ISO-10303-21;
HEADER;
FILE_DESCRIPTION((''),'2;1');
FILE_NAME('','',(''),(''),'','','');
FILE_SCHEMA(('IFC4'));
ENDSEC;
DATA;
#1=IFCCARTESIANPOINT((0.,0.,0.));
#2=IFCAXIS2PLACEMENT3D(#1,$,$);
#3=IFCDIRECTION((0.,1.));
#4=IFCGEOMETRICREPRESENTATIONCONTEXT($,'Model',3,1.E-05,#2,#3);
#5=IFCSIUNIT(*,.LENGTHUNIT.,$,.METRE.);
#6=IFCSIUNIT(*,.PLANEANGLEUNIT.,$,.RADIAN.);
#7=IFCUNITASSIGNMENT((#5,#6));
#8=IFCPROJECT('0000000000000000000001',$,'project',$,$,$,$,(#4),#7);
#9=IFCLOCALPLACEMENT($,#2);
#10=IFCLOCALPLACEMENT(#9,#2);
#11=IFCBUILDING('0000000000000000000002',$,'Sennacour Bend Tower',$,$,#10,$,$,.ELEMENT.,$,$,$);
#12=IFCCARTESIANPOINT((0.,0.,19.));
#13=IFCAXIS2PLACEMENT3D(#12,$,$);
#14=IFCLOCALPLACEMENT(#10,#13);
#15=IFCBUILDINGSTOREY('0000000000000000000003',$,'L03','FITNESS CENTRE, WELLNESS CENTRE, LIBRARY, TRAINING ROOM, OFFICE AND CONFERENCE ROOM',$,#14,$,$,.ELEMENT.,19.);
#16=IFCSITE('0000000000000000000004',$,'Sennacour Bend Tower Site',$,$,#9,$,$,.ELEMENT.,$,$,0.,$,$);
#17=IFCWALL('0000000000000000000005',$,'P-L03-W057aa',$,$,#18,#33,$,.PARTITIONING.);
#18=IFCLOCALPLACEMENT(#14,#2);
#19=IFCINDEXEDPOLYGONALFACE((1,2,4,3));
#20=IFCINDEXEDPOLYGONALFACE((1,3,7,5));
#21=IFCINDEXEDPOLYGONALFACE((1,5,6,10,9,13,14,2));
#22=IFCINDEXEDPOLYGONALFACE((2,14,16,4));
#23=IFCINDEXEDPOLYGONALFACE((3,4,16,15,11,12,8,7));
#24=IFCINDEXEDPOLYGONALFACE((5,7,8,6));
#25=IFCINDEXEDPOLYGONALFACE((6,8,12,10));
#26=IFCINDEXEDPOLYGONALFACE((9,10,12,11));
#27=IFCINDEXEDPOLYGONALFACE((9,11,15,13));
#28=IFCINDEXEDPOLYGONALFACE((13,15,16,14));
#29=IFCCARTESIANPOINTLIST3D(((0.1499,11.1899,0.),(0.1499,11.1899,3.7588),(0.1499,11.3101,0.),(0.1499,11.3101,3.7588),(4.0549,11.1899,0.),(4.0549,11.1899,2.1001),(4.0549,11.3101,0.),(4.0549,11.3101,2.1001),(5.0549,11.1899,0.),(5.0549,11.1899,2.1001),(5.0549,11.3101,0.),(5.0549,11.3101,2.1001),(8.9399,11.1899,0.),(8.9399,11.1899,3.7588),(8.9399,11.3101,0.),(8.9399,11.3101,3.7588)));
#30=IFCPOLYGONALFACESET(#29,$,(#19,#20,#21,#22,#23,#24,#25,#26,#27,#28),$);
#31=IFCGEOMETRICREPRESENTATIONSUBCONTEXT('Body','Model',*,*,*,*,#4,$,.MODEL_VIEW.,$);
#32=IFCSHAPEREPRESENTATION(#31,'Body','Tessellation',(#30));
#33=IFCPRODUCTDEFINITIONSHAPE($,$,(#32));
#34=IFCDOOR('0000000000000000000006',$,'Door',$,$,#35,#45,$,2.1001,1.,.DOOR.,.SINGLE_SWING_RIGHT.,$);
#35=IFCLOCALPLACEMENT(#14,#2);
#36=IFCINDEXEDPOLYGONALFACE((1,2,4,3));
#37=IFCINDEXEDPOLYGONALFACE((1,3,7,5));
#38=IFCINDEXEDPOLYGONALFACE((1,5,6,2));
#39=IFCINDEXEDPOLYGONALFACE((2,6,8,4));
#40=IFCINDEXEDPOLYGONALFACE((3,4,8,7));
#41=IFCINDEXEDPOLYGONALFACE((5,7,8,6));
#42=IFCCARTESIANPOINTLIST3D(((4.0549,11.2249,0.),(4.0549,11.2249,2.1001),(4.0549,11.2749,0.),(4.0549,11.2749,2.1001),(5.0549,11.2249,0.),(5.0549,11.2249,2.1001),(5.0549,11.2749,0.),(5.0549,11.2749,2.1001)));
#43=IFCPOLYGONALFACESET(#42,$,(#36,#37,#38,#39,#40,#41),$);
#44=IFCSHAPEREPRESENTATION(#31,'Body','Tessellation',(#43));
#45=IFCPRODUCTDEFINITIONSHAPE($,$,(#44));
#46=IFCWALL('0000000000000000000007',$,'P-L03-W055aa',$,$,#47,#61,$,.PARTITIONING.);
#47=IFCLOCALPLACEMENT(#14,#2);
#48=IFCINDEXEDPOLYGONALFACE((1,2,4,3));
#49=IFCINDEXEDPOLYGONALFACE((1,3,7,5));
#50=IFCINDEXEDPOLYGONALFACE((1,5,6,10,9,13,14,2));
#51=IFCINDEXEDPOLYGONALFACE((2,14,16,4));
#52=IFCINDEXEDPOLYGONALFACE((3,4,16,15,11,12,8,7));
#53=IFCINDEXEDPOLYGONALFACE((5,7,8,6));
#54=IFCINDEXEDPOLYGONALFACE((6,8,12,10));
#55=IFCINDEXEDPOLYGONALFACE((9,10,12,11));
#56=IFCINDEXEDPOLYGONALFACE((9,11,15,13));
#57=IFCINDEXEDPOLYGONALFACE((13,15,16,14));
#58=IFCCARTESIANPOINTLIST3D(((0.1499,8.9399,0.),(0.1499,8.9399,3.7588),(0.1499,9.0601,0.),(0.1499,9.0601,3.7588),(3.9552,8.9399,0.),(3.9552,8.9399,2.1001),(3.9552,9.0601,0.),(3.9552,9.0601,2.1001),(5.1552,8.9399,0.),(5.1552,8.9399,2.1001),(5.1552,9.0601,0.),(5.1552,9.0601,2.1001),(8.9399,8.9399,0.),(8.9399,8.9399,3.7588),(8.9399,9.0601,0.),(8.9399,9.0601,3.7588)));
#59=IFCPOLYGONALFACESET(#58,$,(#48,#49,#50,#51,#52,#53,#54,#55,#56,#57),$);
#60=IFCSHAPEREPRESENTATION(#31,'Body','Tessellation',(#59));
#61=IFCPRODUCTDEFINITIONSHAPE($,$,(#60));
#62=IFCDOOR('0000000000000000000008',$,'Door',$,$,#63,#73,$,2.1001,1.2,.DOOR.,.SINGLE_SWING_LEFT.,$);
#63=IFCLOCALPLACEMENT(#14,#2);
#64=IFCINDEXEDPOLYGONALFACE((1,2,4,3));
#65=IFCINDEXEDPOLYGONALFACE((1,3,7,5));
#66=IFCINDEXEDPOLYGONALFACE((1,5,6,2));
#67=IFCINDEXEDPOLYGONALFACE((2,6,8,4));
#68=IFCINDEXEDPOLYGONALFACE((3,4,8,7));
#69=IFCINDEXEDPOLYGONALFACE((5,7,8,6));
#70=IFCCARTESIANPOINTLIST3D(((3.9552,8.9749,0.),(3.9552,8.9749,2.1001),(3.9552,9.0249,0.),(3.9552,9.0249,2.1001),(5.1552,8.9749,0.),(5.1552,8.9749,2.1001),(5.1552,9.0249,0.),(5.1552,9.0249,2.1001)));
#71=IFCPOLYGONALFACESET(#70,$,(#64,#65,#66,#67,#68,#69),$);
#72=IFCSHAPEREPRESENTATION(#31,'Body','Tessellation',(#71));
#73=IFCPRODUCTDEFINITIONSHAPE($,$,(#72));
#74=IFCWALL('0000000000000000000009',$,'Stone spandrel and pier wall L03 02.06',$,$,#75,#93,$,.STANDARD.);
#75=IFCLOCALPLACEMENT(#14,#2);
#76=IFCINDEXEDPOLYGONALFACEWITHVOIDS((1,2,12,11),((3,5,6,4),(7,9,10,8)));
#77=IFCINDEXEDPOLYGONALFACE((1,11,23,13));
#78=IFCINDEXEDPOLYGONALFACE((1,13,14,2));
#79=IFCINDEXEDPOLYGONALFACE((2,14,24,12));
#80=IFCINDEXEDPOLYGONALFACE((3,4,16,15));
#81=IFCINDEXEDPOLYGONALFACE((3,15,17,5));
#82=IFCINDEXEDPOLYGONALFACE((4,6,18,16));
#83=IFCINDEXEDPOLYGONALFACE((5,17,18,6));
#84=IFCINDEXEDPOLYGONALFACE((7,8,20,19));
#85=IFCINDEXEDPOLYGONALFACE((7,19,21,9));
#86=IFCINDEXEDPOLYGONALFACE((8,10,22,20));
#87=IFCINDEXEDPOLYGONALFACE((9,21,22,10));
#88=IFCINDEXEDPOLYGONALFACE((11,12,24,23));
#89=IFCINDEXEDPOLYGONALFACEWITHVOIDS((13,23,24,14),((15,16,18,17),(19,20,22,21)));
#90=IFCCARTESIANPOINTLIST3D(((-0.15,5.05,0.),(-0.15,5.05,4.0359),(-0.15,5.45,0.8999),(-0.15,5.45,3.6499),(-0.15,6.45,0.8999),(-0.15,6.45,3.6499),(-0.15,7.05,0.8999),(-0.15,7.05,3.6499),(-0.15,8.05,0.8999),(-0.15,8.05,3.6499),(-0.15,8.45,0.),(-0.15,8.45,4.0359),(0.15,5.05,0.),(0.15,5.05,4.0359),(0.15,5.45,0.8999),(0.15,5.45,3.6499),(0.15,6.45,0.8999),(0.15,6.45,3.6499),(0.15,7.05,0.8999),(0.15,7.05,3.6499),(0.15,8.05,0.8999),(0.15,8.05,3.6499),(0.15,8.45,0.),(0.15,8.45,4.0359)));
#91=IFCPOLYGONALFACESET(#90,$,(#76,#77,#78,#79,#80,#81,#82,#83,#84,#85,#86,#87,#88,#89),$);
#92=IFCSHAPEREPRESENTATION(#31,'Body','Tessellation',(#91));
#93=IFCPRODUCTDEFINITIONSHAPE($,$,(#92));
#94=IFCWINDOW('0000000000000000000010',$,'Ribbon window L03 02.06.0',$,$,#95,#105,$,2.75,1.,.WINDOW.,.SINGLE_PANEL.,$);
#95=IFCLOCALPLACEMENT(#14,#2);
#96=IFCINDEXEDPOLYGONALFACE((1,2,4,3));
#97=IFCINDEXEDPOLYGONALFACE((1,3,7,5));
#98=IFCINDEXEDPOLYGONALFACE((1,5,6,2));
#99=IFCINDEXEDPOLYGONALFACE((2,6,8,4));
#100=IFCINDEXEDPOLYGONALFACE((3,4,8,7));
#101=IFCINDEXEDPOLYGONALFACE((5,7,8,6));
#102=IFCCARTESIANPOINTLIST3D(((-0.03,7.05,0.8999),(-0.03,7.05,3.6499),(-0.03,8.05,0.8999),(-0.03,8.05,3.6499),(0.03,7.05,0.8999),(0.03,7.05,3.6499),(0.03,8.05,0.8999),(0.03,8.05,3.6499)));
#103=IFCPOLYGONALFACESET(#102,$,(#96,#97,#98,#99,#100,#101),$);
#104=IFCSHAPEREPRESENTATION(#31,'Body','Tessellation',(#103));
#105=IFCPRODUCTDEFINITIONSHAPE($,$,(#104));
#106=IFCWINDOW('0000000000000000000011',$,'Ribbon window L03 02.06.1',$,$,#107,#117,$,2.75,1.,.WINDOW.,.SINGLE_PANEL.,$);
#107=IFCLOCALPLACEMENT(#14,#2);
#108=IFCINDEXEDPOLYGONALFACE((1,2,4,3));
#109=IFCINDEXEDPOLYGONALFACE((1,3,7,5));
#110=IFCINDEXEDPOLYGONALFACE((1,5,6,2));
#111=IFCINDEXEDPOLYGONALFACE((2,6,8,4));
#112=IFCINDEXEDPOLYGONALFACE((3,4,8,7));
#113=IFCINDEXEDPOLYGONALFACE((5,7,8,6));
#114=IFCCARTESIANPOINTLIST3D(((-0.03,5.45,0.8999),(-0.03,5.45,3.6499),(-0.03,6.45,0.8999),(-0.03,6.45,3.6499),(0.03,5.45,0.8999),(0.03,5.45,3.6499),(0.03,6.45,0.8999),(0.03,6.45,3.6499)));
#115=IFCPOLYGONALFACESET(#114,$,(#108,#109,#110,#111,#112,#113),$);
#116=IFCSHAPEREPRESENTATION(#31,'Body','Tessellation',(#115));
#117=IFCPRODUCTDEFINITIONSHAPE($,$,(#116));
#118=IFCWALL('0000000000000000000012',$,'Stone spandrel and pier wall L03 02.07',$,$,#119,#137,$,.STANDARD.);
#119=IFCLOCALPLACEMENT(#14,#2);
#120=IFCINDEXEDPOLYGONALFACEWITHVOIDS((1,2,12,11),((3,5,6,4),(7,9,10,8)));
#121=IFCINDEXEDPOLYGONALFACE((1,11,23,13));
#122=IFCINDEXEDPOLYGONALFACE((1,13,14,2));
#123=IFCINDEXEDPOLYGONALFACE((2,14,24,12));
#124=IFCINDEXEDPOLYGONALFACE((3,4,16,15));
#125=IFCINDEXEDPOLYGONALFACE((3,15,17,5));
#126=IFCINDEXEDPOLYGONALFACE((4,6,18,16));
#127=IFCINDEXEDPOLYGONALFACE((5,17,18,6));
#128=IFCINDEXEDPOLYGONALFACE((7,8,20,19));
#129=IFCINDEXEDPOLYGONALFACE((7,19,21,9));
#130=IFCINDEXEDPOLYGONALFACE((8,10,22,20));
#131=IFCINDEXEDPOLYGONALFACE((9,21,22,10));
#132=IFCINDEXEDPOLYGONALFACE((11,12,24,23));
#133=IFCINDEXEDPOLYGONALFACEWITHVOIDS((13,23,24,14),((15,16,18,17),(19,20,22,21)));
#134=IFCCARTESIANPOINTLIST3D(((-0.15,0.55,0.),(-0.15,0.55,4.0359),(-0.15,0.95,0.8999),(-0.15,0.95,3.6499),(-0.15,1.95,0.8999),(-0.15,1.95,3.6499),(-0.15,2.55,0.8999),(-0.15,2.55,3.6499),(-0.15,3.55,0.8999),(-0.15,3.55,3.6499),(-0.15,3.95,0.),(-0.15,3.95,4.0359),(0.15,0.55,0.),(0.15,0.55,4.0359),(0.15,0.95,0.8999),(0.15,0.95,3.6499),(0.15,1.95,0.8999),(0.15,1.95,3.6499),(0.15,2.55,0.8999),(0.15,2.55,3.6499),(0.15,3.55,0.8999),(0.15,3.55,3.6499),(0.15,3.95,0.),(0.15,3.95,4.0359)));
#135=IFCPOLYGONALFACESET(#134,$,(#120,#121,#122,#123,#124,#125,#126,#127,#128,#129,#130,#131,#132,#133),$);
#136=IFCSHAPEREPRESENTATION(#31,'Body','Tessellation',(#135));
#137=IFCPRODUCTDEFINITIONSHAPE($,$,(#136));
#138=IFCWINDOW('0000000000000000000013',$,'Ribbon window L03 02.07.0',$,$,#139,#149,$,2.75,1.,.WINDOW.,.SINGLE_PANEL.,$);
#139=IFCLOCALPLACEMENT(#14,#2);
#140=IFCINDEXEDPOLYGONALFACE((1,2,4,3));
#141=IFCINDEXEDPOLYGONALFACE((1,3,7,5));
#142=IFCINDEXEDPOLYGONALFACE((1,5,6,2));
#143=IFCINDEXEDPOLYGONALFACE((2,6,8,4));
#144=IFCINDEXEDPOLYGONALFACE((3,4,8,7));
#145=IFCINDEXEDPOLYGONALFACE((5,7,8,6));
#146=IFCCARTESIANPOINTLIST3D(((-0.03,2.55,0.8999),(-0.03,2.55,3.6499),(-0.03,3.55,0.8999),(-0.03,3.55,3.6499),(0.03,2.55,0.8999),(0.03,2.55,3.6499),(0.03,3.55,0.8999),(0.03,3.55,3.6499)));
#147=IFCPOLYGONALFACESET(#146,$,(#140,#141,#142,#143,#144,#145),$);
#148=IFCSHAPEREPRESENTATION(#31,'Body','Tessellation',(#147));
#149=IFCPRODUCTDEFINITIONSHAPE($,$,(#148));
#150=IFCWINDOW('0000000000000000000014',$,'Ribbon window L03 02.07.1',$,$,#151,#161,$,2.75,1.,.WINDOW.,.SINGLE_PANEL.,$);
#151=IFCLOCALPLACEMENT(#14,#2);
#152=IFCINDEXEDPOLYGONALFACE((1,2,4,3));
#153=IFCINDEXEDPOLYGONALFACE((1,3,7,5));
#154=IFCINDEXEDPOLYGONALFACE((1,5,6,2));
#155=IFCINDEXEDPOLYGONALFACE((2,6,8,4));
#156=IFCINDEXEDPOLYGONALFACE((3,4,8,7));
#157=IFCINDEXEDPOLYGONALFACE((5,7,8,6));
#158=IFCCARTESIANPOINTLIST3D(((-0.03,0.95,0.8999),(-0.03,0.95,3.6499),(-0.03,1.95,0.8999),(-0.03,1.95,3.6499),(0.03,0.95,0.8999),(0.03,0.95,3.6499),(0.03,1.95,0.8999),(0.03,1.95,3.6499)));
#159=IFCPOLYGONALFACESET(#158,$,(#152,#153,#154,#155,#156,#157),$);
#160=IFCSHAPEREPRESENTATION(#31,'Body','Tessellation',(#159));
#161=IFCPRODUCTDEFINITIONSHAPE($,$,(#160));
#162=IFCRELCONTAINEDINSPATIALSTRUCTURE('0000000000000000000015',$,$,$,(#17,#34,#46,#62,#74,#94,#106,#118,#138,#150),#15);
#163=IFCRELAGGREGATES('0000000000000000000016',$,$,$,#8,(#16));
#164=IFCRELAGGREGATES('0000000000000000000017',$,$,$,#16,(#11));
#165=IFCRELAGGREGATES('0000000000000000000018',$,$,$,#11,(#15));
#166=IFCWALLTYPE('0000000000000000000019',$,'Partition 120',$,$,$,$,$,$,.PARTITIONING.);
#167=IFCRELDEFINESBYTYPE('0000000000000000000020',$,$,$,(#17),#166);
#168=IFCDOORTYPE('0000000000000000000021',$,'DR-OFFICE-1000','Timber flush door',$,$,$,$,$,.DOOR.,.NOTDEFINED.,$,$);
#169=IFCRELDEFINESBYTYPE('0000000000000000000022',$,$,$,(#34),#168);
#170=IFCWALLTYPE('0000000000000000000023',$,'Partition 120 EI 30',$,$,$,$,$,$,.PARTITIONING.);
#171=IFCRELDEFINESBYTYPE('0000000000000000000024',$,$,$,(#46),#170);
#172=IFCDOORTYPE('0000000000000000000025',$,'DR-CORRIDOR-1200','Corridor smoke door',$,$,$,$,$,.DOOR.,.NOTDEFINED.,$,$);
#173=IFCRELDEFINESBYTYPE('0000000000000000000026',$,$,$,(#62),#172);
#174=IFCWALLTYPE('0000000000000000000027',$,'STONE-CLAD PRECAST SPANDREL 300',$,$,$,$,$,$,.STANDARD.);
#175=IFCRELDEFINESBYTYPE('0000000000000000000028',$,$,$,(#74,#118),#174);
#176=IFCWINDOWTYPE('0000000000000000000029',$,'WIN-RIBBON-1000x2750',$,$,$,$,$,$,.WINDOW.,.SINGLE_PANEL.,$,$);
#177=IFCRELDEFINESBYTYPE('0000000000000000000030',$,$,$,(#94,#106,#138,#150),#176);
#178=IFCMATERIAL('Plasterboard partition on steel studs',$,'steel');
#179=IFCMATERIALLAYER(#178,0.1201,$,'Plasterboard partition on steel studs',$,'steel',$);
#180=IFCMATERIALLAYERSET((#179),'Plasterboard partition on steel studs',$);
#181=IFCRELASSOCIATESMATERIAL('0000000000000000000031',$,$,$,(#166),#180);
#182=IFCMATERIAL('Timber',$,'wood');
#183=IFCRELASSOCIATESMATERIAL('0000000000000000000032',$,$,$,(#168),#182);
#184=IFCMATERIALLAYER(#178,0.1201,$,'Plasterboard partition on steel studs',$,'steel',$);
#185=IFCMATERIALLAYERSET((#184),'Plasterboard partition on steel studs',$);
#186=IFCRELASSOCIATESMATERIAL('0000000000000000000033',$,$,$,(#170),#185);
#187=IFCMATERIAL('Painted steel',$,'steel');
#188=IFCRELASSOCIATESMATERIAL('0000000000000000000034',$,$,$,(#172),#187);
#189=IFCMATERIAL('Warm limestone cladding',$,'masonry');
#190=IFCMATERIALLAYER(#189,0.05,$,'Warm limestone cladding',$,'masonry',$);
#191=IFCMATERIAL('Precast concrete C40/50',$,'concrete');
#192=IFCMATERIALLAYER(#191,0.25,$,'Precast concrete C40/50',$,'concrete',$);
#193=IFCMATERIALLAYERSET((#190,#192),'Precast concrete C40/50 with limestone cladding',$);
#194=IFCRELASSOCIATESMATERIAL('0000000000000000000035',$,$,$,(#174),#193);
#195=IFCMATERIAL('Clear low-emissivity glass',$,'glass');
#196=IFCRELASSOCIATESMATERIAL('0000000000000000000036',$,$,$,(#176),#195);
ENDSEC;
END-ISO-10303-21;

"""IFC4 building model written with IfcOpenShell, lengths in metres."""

from ifc_helpers import new_model, si_unit, direction, frame, frame_2d, origin, place, context, subcontext, project, spatial, rectangle, extrude, material, layer, layer_set, type_object, element, fill, save


model = new_model("IFC4")

# Units and contexts
model_context = context("Model", 3, precision=1e-05, world=origin(), true_north=direction((0.0, 1.0)))
body_context = subcontext(model_context, "Body", "Model", "MODEL_VIEW")
ifc_project = project(units=[si_unit("LENGTHUNIT", "METRE"), si_unit("PLANEANGLEUNIT", "RADIAN")], contexts=[model_context])

# Site, building, storey
site_placement = place(None, origin())
site = spatial("IfcSite", under=ifc_project, at=site_placement, Name="Sennacour Bend Tower Site", CompositionType="ELEMENT", RefElevation=0.0)
building_placement = place(site_placement, origin())
building = spatial("IfcBuilding", under=site, at=building_placement, Name="Sennacour Bend Tower", CompositionType="ELEMENT")
storey_placement = place(building_placement, frame((0.0, 0.0, 19.0)))
storey = spatial("IfcBuildingStorey", under=building, at=storey_placement, Name="L03", Description="FITNESS CENTRE, WELLNESS CENTRE, LIBRARY, TRAINING ROOM, OFFICE AND CONFERENCE ROOM", CompositionType="ELEMENT", Elevation=19.0)

# Walls, openings, doors
ifc_material_1 = material(Name="Plasterboard partition on steel studs", Category="steel")
ifc_layer_1 = layer(ifc_material_1, 0.1201, Name="Plasterboard partition on steel studs", Category="steel")
ifc_layer_set_1 = layer_set([ifc_layer_1], Name="Plasterboard partition on steel studs")
wall_type_1 = type_object("IfcWallType", Name="Partition 120", PredefinedType="PARTITIONING", material=ifc_layer_set_1)
wall_1_placement = place(storey_placement, frame((0.1499, 11.25, 0.0), z_axis=(0.0, 0.0, 1.0), x_axis=(1.0, 0.0, 0.0)))
wall_1 = element("IfcWall", 1, at=wall_1_placement, inside=storey, type_object=wall_type_1, Name="P-L03-W057aa", PredefinedType="PARTITIONING", context=body_context, shape_type="SweptSolid", body=[
    extrude(rectangle(XDim=8.79, YDim=0.1201, at=frame_2d((4.395, 0.0))), origin(), (0.0, 0.0, 1.0), 3.7588),
])
opening_1_placement = place(wall_1_placement, frame((3.905, 0.0, 0.0)))
opening_1 = element("IfcOpeningElement", 2, at=opening_1_placement, cuts=wall_1, PredefinedType="OPENING", context=body_context, shape_type="SweptSolid", body=[
    extrude(rectangle(XDim=1.0, YDim=2.1001, at=frame_2d((0.5, 1.05))), frame((0.0, 0.0701, 0.0), z_axis=(0.0, -1.0, 0.0), x_axis=(1.0, 0.0, 0.0)), (0.0, 0.0, 1.0), 0.1401),
])
ifc_material_2 = material(Name="Timber", Category="wood")
door_type_1 = type_object("IfcDoorType", Name="DR-OFFICE-1000", Description="Timber flush door", OperationType="NOTDEFINED", PredefinedType="DOOR", material=ifc_material_2)
door_1_placement = place(opening_1_placement, origin())
door_1 = element("IfcDoor", 3, at=door_1_placement, inside=storey, type_object=door_type_1, Name="Door", OperationType="SINGLE_SWING_RIGHT", OverallHeight=2.1001, OverallWidth=1.0, PredefinedType="DOOR", context=body_context, shape_type="SweptSolid", body=[
    extrude(rectangle(XDim=1.0, YDim=2.1001, at=frame_2d((0.5, 1.05))), frame((0.0, 0.0249, 0.0), z_axis=(0.0, -1.0, 0.0), x_axis=(1.0, 0.0, 0.0)), (0.0, 0.0, 1.0), 0.05),
])
fill(opening_1, door_1)
ifc_layer_2 = layer(ifc_material_1, 0.1201, Name="Plasterboard partition on steel studs", Category="steel")
ifc_layer_set_2 = layer_set([ifc_layer_2], Name="Plasterboard partition on steel studs")
wall_type_2 = type_object("IfcWallType", Name="Partition 120 EI 30", PredefinedType="PARTITIONING", material=ifc_layer_set_2)
wall_2_placement = place(storey_placement, frame((0.1499, 9.0, 0.0), z_axis=(0.0, 0.0, 1.0), x_axis=(1.0, 0.0, 0.0)))
wall_2 = element("IfcWall", 4, at=wall_2_placement, inside=storey, type_object=wall_type_2, Name="P-L03-W055aa", PredefinedType="PARTITIONING", context=body_context, shape_type="SweptSolid", body=[
    extrude(rectangle(XDim=8.79, YDim=0.1201, at=frame_2d((4.395, 0.0))), origin(), (0.0, 0.0, 1.0), 3.7588),
])
opening_2_placement = place(wall_2_placement, frame((3.8052, 0.0, 0.0)))
opening_2 = element("IfcOpeningElement", 5, at=opening_2_placement, cuts=wall_2, PredefinedType="OPENING", context=body_context, shape_type="SweptSolid", body=[
    extrude(rectangle(XDim=1.2, YDim=2.1001, at=frame_2d((0.6001, 1.05))), frame((0.0, 0.0701, 0.0), z_axis=(0.0, -1.0, 0.0), x_axis=(1.0, 0.0, 0.0)), (0.0, 0.0, 1.0), 0.1401),
])
ifc_material_3 = material(Name="Painted steel", Category="steel")
door_type_2 = type_object("IfcDoorType", Name="DR-CORRIDOR-1200", Description="Corridor smoke door", OperationType="NOTDEFINED", PredefinedType="DOOR", material=ifc_material_3)
door_2_placement = place(opening_2_placement, origin())
door_2 = element("IfcDoor", 6, at=door_2_placement, inside=storey, type_object=door_type_2, Name="Door", OperationType="SINGLE_SWING_LEFT", OverallHeight=2.1001, OverallWidth=1.2, PredefinedType="DOOR", context=body_context, shape_type="SweptSolid", body=[
    extrude(rectangle(XDim=1.2, YDim=2.1001, at=frame_2d((0.6001, 1.05))), frame((0.0, 0.0249, 0.0), z_axis=(0.0, -1.0, 0.0), x_axis=(1.0, 0.0, 0.0)), (0.0, 0.0, 1.0), 0.05),
])
fill(opening_2, door_2)

# Walls, openings, windows
ifc_material_4 = material(Name="Warm limestone cladding", Category="masonry")
ifc_layer_3 = layer(ifc_material_4, 0.05, Name="Warm limestone cladding", Category="masonry")
ifc_material_5 = material(Name="Precast concrete C40/50", Category="concrete")
ifc_layer_4 = layer(ifc_material_5, 0.25, Name="Precast concrete C40/50", Category="concrete")
ifc_layer_set_3 = layer_set([ifc_layer_3, ifc_layer_4], Name="Precast concrete C40/50 with limestone cladding")
wall_type_3 = type_object("IfcWallType", Name="STONE-CLAD PRECAST SPANDREL 300", PredefinedType="STANDARD", material=ifc_layer_set_3)
wall_3_placement = place(storey_placement, frame((0.0, 8.45, 0.0), z_axis=(0.0, 0.0, 1.0), x_axis=(0.0, -1.0, 0.0)))
wall_3 = element("IfcWall", 7, at=wall_3_placement, inside=storey, type_object=wall_type_3, Name="Stone spandrel and pier wall L03 02.06", PredefinedType="STANDARD", context=body_context, shape_type="SweptSolid", body=[
    extrude(rectangle(XDim=3.3999, YDim=0.3, at=frame_2d((1.7, 0.0))), origin(), (0.0, 0.0, 1.0), 4.0359),
])
opening_3_placement = place(wall_3_placement, frame((0.3999, 0.0, 0.8999)))
opening_3 = element("IfcOpeningElement", 8, at=opening_3_placement, cuts=wall_3, PredefinedType="OPENING", context=body_context, shape_type="SweptSolid", body=[
    extrude(rectangle(XDim=1.0, YDim=2.75, at=frame_2d((0.5, 1.375))), frame((0.0, 0.1602, 0.0), z_axis=(0.0, -1.0, 0.0), x_axis=(1.0, 0.0, 0.0)), (0.0, 0.0, 1.0), 0.3201),
])
opening_4_placement = place(wall_3_placement, frame((2.0, 0.0, 0.8999)))
opening_4 = element("IfcOpeningElement", 9, at=opening_4_placement, cuts=wall_3, PredefinedType="OPENING", context=body_context, shape_type="SweptSolid", body=[
    extrude(rectangle(XDim=1.0, YDim=2.75, at=frame_2d((0.5, 1.375))), frame((0.0, 0.1602, 0.0), z_axis=(0.0, -1.0, 0.0), x_axis=(1.0, 0.0, 0.0)), (0.0, 0.0, 1.0), 0.3201),
])
ifc_material_6 = material(Name="Clear low-emissivity glass", Category="glass")
window_type = type_object("IfcWindowType", Name="WIN-RIBBON-1000x2750", PartitioningType="SINGLE_PANEL", PredefinedType="WINDOW", material=ifc_material_6)
window_1_placement = place(opening_3_placement, origin())
window_1 = element("IfcWindow", 10, at=window_1_placement, inside=storey, type_object=window_type, Name="Ribbon window L03 02.06.0", OverallHeight=2.75, OverallWidth=1.0, PartitioningType="SINGLE_PANEL", PredefinedType="WINDOW", context=body_context, shape_type="SweptSolid", body=[
    extrude(rectangle(XDim=1.0, YDim=2.75, at=frame_2d((0.5, 1.375))), frame((0.0, 0.03, 0.0), z_axis=(0.0, -1.0, 0.0), x_axis=(1.0, 0.0, 0.0)), (0.0, 0.0, 1.0), 0.0601),
])
fill(opening_3, window_1)
window_2_placement = place(opening_4_placement, origin())
window_2 = element("IfcWindow", 11, at=window_2_placement, inside=storey, type_object=window_type, Name="Ribbon window L03 02.06.1", OverallHeight=2.75, OverallWidth=1.0, PartitioningType="SINGLE_PANEL", PredefinedType="WINDOW", context=body_context, shape_type="SweptSolid", body=[
    extrude(rectangle(XDim=1.0, YDim=2.75, at=frame_2d((0.5, 1.375))), frame((0.0, 0.03, 0.0), z_axis=(0.0, -1.0, 0.0), x_axis=(1.0, 0.0, 0.0)), (0.0, 0.0, 1.0), 0.0601),
])
fill(opening_4, window_2)
wall_4_placement = place(storey_placement, frame((0.0, 3.95, 0.0), z_axis=(0.0, 0.0, 1.0), x_axis=(0.0, -1.0, 0.0)))
wall_4 = element("IfcWall", 12, at=wall_4_placement, inside=storey, type_object=wall_type_3, Name="Stone spandrel and pier wall L03 02.07", PredefinedType="STANDARD", context=body_context, shape_type="SweptSolid", body=[
    extrude(rectangle(XDim=3.3999, YDim=0.3, at=frame_2d((1.7, 0.0))), origin(), (0.0, 0.0, 1.0), 4.0359),
])
opening_5_placement = place(wall_4_placement, frame((0.3999, 0.0, 0.8999)))
opening_5 = element("IfcOpeningElement", 13, at=opening_5_placement, cuts=wall_4, PredefinedType="OPENING", context=body_context, shape_type="SweptSolid", body=[
    extrude(rectangle(XDim=1.0, YDim=2.75, at=frame_2d((0.5, 1.375))), frame((0.0, 0.1602, 0.0), z_axis=(0.0, -1.0, 0.0), x_axis=(1.0, 0.0, 0.0)), (0.0, 0.0, 1.0), 0.3201),
])
opening_6_placement = place(wall_4_placement, frame((2.0, 0.0, 0.8999)))
opening_6 = element("IfcOpeningElement", 14, at=opening_6_placement, cuts=wall_4, PredefinedType="OPENING", context=body_context, shape_type="SweptSolid", body=[
    extrude(rectangle(XDim=1.0, YDim=2.75, at=frame_2d((0.5, 1.375))), frame((0.0, 0.1602, 0.0), z_axis=(0.0, -1.0, 0.0), x_axis=(1.0, 0.0, 0.0)), (0.0, 0.0, 1.0), 0.3201),
])
window_3_placement = place(opening_5_placement, origin())
window_3 = element("IfcWindow", 15, at=window_3_placement, inside=storey, type_object=window_type, Name="Ribbon window L03 02.07.0", OverallHeight=2.75, OverallWidth=1.0, PartitioningType="SINGLE_PANEL", PredefinedType="WINDOW", context=body_context, shape_type="SweptSolid", body=[
    extrude(rectangle(XDim=1.0, YDim=2.75, at=frame_2d((0.5, 1.375))), frame((0.0, 0.03, 0.0), z_axis=(0.0, -1.0, 0.0), x_axis=(1.0, 0.0, 0.0)), (0.0, 0.0, 1.0), 0.0601),
])
fill(opening_5, window_3)
window_4_placement = place(opening_6_placement, origin())
window_4 = element("IfcWindow", 16, at=window_4_placement, inside=storey, type_object=window_type, Name="Ribbon window L03 02.07.1", OverallHeight=2.75, OverallWidth=1.0, PartitioningType="SINGLE_PANEL", PredefinedType="WINDOW", context=body_context, shape_type="SweptSolid", body=[
    extrude(rectangle(XDim=1.0, YDim=2.75, at=frame_2d((0.5, 1.375))), frame((0.0, 0.03, 0.0), z_axis=(0.0, -1.0, 0.0), x_axis=(1.0, 0.0, 0.0)), (0.0, 0.0, 1.0), 0.0601),
])
fill(opening_6, window_4)

save(model, "model.ifc")
